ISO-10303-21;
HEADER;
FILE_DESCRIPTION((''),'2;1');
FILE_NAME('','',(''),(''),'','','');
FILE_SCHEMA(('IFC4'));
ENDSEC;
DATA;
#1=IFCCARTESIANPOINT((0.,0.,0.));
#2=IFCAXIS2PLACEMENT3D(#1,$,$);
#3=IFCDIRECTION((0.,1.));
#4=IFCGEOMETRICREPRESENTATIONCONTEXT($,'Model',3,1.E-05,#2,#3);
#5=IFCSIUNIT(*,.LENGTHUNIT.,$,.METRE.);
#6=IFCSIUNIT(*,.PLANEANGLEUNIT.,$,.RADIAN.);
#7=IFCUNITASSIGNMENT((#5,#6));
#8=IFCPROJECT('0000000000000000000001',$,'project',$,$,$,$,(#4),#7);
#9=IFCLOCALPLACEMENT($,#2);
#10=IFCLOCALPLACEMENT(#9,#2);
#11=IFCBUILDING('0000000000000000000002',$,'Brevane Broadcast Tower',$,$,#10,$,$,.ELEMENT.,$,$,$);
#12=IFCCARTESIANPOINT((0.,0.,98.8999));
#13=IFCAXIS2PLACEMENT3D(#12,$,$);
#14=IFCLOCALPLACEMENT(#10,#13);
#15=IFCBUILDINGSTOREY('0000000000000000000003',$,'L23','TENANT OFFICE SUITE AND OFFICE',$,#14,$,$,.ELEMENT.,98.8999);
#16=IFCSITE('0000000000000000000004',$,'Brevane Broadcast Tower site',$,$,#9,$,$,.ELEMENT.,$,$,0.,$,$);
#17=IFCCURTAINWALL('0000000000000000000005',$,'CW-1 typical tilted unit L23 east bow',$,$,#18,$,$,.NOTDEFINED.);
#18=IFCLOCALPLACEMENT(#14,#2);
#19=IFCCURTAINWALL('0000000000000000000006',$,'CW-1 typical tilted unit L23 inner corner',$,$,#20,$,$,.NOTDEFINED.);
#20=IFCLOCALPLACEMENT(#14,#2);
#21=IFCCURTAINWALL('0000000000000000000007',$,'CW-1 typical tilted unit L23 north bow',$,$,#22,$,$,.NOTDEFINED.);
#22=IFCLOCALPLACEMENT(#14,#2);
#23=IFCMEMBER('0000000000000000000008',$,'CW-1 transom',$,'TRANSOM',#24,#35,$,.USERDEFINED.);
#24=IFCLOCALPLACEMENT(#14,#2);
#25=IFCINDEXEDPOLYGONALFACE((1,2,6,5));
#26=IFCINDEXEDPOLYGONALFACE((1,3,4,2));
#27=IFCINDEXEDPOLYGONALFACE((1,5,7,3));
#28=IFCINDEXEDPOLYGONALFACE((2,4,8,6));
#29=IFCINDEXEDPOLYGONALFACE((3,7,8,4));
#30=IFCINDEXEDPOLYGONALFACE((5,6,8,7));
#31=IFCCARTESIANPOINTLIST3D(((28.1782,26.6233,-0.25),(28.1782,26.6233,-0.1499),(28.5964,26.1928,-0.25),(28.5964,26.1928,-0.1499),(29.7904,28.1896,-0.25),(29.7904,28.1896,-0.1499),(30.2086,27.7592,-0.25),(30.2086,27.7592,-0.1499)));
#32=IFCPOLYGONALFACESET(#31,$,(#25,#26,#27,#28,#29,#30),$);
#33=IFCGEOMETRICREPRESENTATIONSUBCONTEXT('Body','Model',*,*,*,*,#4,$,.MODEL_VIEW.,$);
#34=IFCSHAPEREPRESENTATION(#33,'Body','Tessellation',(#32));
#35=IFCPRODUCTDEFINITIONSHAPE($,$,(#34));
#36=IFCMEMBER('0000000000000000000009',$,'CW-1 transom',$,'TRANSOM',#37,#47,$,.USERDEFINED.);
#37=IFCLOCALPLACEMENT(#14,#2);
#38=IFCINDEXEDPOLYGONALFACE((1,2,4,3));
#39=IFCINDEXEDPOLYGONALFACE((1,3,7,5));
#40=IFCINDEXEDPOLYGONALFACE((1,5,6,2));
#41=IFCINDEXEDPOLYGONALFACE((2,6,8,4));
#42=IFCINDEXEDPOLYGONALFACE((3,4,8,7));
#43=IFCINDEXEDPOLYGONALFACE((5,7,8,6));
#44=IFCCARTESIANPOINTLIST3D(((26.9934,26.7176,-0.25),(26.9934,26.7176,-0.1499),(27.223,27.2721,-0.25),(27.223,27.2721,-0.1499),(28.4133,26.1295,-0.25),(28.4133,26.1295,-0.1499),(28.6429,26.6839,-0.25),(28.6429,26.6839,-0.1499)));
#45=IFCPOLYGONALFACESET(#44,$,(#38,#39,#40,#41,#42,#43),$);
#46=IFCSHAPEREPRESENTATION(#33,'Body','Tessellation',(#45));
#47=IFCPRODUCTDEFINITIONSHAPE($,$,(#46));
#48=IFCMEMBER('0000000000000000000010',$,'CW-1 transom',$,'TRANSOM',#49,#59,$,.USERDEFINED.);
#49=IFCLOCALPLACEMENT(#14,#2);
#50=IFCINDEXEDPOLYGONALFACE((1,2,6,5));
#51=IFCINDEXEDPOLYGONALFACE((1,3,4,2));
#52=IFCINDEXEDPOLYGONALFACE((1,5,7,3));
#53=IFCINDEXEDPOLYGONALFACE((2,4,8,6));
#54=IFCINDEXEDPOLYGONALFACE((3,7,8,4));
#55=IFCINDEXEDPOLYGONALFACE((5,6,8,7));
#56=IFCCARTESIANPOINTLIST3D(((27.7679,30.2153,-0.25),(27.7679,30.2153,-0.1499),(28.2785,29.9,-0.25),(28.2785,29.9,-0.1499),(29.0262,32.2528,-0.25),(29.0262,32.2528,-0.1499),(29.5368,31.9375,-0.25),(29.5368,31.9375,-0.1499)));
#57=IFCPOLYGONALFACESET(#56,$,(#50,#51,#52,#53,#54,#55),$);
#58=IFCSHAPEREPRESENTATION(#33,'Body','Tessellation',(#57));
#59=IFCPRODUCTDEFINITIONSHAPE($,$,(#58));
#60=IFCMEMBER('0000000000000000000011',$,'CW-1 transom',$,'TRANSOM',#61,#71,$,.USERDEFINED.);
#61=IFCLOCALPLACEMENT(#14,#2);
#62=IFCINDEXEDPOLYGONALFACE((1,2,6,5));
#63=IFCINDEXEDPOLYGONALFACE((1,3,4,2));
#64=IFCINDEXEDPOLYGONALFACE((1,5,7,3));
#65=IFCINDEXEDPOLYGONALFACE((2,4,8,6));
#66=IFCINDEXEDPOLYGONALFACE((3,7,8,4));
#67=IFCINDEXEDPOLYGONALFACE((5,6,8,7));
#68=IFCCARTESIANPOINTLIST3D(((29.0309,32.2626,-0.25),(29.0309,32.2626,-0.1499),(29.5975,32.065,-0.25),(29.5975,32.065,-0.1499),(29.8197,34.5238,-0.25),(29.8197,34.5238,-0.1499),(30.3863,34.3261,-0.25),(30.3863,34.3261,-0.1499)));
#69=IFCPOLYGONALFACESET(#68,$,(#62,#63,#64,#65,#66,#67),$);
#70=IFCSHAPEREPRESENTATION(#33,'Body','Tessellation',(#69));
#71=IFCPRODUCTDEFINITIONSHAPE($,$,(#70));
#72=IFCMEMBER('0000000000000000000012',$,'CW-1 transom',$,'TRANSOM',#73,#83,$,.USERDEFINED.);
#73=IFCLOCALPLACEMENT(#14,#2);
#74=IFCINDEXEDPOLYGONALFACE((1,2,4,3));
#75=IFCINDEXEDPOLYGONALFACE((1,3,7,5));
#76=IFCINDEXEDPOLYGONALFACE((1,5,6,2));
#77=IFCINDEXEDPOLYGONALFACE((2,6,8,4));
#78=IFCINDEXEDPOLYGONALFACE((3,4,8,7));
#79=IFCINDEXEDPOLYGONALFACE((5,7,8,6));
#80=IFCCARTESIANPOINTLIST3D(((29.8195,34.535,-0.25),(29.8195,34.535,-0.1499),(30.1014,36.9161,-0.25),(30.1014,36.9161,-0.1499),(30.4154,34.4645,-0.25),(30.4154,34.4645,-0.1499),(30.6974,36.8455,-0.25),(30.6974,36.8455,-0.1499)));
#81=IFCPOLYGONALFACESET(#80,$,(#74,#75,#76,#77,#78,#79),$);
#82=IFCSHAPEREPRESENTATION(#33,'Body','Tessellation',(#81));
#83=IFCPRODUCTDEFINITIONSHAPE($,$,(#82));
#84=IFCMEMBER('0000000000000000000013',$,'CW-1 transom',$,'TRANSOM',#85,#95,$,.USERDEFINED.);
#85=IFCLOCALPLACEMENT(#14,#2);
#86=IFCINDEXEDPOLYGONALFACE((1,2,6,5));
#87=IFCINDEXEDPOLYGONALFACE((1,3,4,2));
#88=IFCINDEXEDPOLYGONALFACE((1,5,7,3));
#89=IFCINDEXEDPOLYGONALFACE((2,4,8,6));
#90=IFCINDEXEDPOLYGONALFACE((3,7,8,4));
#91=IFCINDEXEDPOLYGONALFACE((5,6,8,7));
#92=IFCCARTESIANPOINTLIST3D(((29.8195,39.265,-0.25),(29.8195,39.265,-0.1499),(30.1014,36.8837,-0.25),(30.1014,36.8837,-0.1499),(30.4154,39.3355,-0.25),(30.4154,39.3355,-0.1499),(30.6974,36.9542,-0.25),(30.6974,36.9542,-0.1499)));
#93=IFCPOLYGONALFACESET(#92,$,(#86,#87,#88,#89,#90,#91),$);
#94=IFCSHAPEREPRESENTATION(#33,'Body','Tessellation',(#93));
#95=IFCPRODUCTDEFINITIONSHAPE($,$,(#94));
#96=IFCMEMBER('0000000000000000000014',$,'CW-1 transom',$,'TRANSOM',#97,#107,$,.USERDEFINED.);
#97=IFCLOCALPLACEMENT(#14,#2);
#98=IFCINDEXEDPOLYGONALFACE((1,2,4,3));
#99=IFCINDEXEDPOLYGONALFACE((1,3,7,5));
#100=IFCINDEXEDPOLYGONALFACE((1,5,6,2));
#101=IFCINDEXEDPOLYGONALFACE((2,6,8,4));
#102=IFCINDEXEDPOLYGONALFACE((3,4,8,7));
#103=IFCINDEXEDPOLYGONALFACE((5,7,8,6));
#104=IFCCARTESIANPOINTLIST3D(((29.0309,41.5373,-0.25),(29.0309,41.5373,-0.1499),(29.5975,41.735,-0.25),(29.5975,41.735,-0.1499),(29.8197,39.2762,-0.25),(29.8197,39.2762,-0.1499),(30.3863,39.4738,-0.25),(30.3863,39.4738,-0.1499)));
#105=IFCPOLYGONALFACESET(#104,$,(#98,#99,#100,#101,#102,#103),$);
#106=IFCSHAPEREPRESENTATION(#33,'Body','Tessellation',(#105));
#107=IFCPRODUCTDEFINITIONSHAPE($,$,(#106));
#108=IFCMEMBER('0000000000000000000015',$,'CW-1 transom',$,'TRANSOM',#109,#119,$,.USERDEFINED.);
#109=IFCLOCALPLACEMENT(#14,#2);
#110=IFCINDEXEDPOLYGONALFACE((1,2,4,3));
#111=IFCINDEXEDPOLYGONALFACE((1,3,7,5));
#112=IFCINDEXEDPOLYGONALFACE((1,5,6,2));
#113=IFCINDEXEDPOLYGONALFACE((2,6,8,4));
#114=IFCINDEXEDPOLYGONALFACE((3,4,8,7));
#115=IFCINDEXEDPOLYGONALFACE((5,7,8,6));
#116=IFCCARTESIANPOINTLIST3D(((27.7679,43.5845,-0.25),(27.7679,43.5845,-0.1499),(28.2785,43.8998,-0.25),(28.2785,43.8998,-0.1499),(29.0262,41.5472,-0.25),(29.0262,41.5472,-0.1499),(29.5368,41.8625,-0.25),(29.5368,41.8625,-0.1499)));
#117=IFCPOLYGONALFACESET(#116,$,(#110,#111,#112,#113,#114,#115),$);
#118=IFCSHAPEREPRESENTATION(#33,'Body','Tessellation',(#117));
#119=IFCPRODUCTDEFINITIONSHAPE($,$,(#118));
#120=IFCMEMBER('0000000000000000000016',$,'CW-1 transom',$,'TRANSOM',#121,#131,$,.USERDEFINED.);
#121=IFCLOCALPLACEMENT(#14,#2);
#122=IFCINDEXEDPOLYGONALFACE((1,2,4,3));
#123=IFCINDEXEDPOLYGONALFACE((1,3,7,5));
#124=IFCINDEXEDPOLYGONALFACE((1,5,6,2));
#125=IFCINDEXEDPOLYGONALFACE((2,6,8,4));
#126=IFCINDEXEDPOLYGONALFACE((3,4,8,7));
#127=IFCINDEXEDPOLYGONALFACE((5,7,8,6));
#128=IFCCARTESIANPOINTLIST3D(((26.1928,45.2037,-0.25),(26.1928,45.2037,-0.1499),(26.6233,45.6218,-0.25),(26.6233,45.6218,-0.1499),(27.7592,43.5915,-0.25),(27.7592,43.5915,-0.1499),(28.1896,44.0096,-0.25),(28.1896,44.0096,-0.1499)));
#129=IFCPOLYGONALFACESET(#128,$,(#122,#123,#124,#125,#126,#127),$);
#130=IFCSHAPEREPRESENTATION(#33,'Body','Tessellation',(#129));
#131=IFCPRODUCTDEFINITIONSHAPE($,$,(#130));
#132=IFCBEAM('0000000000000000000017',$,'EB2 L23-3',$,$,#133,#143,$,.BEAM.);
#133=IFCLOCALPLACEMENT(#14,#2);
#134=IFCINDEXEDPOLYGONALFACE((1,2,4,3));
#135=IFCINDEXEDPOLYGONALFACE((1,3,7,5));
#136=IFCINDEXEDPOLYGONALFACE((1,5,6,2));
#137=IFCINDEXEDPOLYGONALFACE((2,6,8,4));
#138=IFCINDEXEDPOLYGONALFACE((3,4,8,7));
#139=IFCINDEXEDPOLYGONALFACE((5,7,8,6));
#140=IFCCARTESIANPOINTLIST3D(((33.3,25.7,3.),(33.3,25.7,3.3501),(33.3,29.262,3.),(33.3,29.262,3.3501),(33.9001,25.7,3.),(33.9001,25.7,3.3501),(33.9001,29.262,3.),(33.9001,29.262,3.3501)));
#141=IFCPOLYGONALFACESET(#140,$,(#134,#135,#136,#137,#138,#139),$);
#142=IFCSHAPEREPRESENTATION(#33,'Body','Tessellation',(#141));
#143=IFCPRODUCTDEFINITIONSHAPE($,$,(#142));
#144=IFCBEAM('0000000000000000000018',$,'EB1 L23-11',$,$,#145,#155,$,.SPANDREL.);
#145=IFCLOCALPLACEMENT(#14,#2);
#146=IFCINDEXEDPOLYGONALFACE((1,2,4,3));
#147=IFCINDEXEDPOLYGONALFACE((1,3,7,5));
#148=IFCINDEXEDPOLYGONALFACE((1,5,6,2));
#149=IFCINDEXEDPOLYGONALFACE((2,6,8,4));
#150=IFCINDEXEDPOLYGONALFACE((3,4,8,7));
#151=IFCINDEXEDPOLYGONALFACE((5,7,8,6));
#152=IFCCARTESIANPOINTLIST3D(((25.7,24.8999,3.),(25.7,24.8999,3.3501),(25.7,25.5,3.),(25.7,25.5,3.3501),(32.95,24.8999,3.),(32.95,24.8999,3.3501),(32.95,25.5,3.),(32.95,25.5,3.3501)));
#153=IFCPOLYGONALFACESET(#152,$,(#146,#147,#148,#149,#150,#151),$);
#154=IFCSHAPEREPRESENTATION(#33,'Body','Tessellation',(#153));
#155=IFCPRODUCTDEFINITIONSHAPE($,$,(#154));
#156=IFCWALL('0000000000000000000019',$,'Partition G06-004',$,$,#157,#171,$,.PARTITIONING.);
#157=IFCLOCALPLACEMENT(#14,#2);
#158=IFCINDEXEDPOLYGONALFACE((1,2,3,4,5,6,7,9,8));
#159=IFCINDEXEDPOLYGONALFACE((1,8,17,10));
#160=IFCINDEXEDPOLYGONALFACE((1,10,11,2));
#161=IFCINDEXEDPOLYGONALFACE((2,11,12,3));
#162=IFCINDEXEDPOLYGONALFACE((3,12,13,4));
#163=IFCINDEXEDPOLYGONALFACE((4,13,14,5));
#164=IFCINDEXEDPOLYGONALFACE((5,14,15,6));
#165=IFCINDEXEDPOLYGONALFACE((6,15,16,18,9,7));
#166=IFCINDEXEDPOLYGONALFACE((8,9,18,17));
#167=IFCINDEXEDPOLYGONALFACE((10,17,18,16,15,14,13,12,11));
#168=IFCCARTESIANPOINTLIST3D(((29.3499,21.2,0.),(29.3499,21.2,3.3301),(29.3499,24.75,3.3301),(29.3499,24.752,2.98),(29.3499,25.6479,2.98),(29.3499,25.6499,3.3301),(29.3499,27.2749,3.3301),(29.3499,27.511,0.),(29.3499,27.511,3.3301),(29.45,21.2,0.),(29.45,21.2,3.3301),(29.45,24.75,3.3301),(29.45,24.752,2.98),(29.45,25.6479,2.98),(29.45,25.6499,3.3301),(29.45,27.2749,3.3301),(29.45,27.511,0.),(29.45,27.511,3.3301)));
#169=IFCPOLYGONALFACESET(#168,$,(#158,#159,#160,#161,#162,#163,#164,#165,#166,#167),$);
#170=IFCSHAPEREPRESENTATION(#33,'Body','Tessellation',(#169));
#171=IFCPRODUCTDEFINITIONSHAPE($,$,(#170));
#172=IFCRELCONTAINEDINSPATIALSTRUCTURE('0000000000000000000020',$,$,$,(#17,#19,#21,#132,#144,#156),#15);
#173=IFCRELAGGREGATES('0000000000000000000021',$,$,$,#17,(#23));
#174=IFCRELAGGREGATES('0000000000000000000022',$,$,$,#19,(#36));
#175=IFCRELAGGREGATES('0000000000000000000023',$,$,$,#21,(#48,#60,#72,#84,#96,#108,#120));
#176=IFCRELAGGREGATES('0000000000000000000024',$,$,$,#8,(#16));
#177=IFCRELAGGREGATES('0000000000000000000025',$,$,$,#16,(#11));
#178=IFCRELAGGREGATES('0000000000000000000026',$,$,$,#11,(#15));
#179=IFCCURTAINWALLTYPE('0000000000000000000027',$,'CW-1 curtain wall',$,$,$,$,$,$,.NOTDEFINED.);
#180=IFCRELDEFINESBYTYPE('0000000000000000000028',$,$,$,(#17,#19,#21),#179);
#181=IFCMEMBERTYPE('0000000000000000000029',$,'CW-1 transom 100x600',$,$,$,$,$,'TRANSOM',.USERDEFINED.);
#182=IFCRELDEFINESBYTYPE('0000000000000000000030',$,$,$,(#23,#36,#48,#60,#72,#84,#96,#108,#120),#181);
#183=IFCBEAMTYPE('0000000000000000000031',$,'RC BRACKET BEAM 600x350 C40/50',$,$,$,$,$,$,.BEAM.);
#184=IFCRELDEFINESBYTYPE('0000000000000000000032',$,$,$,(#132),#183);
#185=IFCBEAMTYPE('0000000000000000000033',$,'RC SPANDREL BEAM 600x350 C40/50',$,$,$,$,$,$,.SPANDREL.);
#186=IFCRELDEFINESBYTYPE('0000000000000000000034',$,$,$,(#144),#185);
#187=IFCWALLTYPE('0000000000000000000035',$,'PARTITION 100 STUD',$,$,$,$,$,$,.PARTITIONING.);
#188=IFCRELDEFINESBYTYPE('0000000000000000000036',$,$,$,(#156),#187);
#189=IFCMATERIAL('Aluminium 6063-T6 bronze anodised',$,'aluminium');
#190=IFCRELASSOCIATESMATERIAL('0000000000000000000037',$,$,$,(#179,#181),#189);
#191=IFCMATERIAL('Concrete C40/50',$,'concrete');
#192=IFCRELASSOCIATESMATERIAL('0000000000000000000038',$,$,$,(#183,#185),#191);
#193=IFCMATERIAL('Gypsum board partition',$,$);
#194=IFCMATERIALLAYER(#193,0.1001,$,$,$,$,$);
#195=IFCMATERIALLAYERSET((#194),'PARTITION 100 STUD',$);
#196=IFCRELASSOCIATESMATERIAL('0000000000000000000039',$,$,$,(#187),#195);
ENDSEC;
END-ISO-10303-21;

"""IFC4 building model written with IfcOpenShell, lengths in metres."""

from ifc_helpers import new_model, si_unit, direction, frame, origin, origin_2d, place, context, subcontext, project, spatial, polyline, rectangle, outline, extrude, material, layer, layer_set, material_profile, profile_set, type_object, element, aggregate, save


model = new_model("IFC4")

# Units and contexts
model_context = context("Model", 3, precision=1e-05, world=origin(), true_north=direction((0.0, 1.0)))
body_context = subcontext(model_context, "Body", "Model", "MODEL_VIEW")
ifc_project = project(units=[si_unit("LENGTHUNIT", "METRE"), si_unit("PLANEANGLEUNIT", "RADIAN")], contexts=[model_context])

# Site, building, storey
site_placement = place(None, origin())
site = spatial("IfcSite", under=ifc_project, at=site_placement, Name="Brevane Broadcast Tower site", CompositionType="ELEMENT", RefElevation=0.0)
building_placement = place(site_placement, origin())
building = spatial("IfcBuilding", under=site, at=building_placement, Name="Brevane Broadcast Tower", CompositionType="ELEMENT")
storey_placement = place(building_placement, frame((0.0, 0.0, 98.8999)))
storey = spatial("IfcBuildingStorey", under=building, at=storey_placement, Name="L23", Description="TENANT OFFICE SUITE AND OFFICE", CompositionType="ELEMENT", Elevation=98.8999)

# Curtain walls
ifc_material_1 = material(Name="Aluminium 6063-T6 bronze anodised", Category="aluminium")
curtain_wall_type = type_object("IfcCurtainWallType", Name="CW-1 curtain wall", PredefinedType="NOTDEFINED", material=ifc_material_1)
curtain_wall_1_placement = place(storey_placement, origin())
curtain_wall_1 = element("IfcCurtainWall", 1, at=curtain_wall_1_placement, inside=storey, type_object=curtain_wall_type, Name="CW-1 typical tilted unit L23 east bow", PredefinedType="NOTDEFINED")
curtain_wall_2_placement = place(storey_placement, origin())
curtain_wall_2 = element("IfcCurtainWall", 2, at=curtain_wall_2_placement, inside=storey, type_object=curtain_wall_type, Name="CW-1 typical tilted unit L23 inner corner", PredefinedType="NOTDEFINED")
curtain_wall_3_placement = place(storey_placement, origin())
curtain_wall_3 = element("IfcCurtainWall", 3, at=curtain_wall_3_placement, inside=storey, type_object=curtain_wall_type, Name="CW-1 typical tilted unit L23 north bow", PredefinedType="NOTDEFINED")

# Members
ifc_material_profile_1 = material_profile(ifc_material_1, rectangle(XDim=0.6001, YDim=0.1001, at=origin_2d()), Name="RECT 100x600")
ifc_profile_set_1 = profile_set([ifc_material_profile_1], Name="Aluminium 6063-T6 bronze anodised")
member_type_1 = type_object("IfcMemberType", Name="CW-1 transom 100x600", ElementType="TRANSOM", PredefinedType="USERDEFINED", material=ifc_profile_set_1)
member_1_placement = place(storey_placement, frame((29.9995, 27.9744, -0.2), z_axis=(-0.717242, -0.696824, 0.0), x_axis=(0.696824, -0.717242, 0.0)))
member_1 = element("IfcMember", 4, at=member_1_placement, type_object=member_type_1, Name="CW-1 transom", ObjectType="TRANSOM", PredefinedType="USERDEFINED", context=body_context, shape_type="SweptSolid", body=[
    extrude(rectangle(XDim=0.6001, YDim=0.1001, at=origin_2d()), origin(), (0.0, 0.0, 1.0), 2.2478),
])
aggregate(curtain_wall_1, [member_1])
member_2_placement = place(storey_placement, frame((28.5281, 26.4067, -0.2), z_axis=(-0.923883, 0.382674, 0.0), x_axis=(-0.382674, -0.923883, 0.0)))
member_2 = element("IfcMember", 5, at=member_2_placement, type_object=member_type_1, Name="CW-1 transom", ObjectType="TRANSOM", PredefinedType="USERDEFINED", context=body_context, shape_type="SweptSolid", body=[
    extrude(rectangle(XDim=0.6001, YDim=0.1001, at=origin_2d()), origin(), (0.0, 0.0, 1.0), 1.5369),
])
aggregate(curtain_wall_2, [member_2])
member_3_placement = place(storey_placement, frame((28.0232, 30.0576, -0.2), z_axis=(0.525428, 0.850838, 0.0), x_axis=(-0.850838, 0.525428, 0.0)))
member_3 = element("IfcMember", 6, at=member_3_placement, type_object=member_type_1, Name="CW-1 transom", ObjectType="TRANSOM", PredefinedType="USERDEFINED", context=body_context, shape_type="SweptSolid", body=[
    extrude(rectangle(XDim=0.6001, YDim=0.1001, at=origin_2d()), origin(), (0.0, 0.0, 1.0), 2.3948),
])
member_4_placement = place(storey_placement, frame((29.3142, 32.1638, -0.2), z_axis=(0.329378, 0.944198, 0.0), x_axis=(-0.944198, 0.329378, 0.0)))
member_4 = element("IfcMember", 7, at=member_4_placement, type_object=member_type_1, Name="CW-1 transom", ObjectType="TRANSOM", PredefinedType="USERDEFINED", context=body_context, shape_type="SweptSolid", body=[
    extrude(rectangle(XDim=0.6001, YDim=0.1001, at=origin_2d()), origin(), (0.0, 0.0, 1.0), 2.3948),
])
member_5_placement = place(storey_placement, frame((30.1174, 34.4998, -0.2), z_axis=(0.117603, 0.993061, 0.0), x_axis=(-0.993061, 0.117603, 0.0)))
member_5 = element("IfcMember", 8, at=member_5_placement, type_object=member_type_1, Name="CW-1 transom", ObjectType="TRANSOM", PredefinedType="USERDEFINED", context=body_context, shape_type="SweptSolid", body=[
    extrude(rectangle(XDim=0.6001, YDim=0.1001, at=origin_2d()), origin(), (0.0, 0.0, 1.0), 2.3977),
])
member_6_placement = place(storey_placement, frame((30.3994, 36.9189, -0.2), z_axis=(-0.117591, 0.993062, 0.0), x_axis=(-0.993062, -0.117591, 0.0)))
member_6 = element("IfcMember", 9, at=member_6_placement, type_object=member_type_1, Name="CW-1 transom", ObjectType="TRANSOM", PredefinedType="USERDEFINED", context=body_context, shape_type="SweptSolid", body=[
    extrude(rectangle(XDim=0.6001, YDim=0.1001, at=origin_2d()), origin(), (0.0, 0.0, 1.0), 2.3979),
])
member_7_placement = place(storey_placement, frame((30.103, 39.375, -0.2), z_axis=(-0.329378, 0.944198, 0.0), x_axis=(-0.944198, -0.329378, 0.0)))
member_7 = element("IfcMember", 10, at=member_7_placement, type_object=member_type_1, Name="CW-1 transom", ObjectType="TRANSOM", PredefinedType="USERDEFINED", context=body_context, shape_type="SweptSolid", body=[
    extrude(rectangle(XDim=0.6001, YDim=0.1001, at=origin_2d()), origin(), (0.0, 0.0, 1.0), 2.3948),
])
member_8_placement = place(storey_placement, frame((29.2815, 41.7048, -0.2), z_axis=(-0.525473, 0.85081, 0.0), x_axis=(-0.85081, -0.525473, 0.0)))
member_8 = element("IfcMember", 11, at=member_8_placement, type_object=member_type_1, Name="CW-1 transom", ObjectType="TRANSOM", PredefinedType="USERDEFINED", context=body_context, shape_type="SweptSolid", body=[
    extrude(rectangle(XDim=0.6001, YDim=0.1001, at=origin_2d()), origin(), (0.0, 0.0, 1.0), 2.3945),
])
member_9_placement = place(storey_placement, frame((27.9744, 43.8005, -0.2), z_axis=(-0.696824, 0.717242, 0.0), x_axis=(-0.717242, -0.696824, 0.0)))
member_9 = element("IfcMember", 12, at=member_9_placement, type_object=member_type_1, Name="CW-1 transom", ObjectType="TRANSOM", PredefinedType="USERDEFINED", context=body_context, shape_type="SweptSolid", body=[
    extrude(rectangle(XDim=0.6001, YDim=0.1001, at=origin_2d()), origin(), (0.0, 0.0, 1.0), 2.2478),
])
aggregate(curtain_wall_3, [member_3, member_4, member_5, member_6, member_7, member_8, member_9])

# Beams
ifc_material_2 = material(Name="Concrete C40/50", Category="concrete")
ifc_material_profile_2 = material_profile(ifc_material_2, rectangle(XDim=0.6001, YDim=0.3501, at=origin_2d()), Name="RC 600x350")
ifc_profile_set_2 = profile_set([ifc_material_profile_2], Name="Concrete C40/50")
beam_type_1 = type_object("IfcBeamType", Name="RC BRACKET BEAM 600x350 C40/50", PredefinedType="BEAM", material=ifc_profile_set_2)
beam_1_placement = place(storey_placement, frame((33.6001, 25.7, 3.175), z_axis=(0.0, 1.0, 0.0), x_axis=(-1.0, 0.0, 0.0)))
element("IfcBeam", 13, at=beam_1_placement, inside=storey, type_object=beam_type_1, Name="EB2 L23-3", PredefinedType="BEAM", context=body_context, shape_type="SweptSolid", body=[
    extrude(rectangle(XDim=0.6001, YDim=0.3501, at=origin_2d()), origin(), (0.0, 0.0, 1.0), 3.562),
])
ifc_material_profile_3 = material_profile(ifc_material_2, rectangle(XDim=0.6001, YDim=0.3501, at=origin_2d()), Name="RC 600x350")
ifc_profile_set_3 = profile_set([ifc_material_profile_3], Name="Concrete C40/50")
beam_type_2 = type_object("IfcBeamType", Name="RC SPANDREL BEAM 600x350 C40/50", PredefinedType="SPANDREL", material=ifc_profile_set_3)
beam_2_placement = place(storey_placement, frame((32.95, 25.2, 3.175), z_axis=(-1.0, 0.0, 0.0), x_axis=(0.0, -1.0, 0.0)))
element("IfcBeam", 14, at=beam_2_placement, inside=storey, type_object=beam_type_2, Name="EB1 L23-11", PredefinedType="SPANDREL", context=body_context, shape_type="SweptSolid", body=[
    extrude(rectangle(XDim=0.6001, YDim=0.3501, at=origin_2d()), origin(), (0.0, 0.0, 1.0), 7.25),
])

# Wall
ifc_material_3 = material(Name="Gypsum board partition")
ifc_layer_1 = layer(ifc_material_3, 0.1001)
ifc_layer_set_1 = layer_set([ifc_layer_1], Name="PARTITION 100 STUD")
wall_type_1 = type_object("IfcWallType", Name="PARTITION 100 STUD", PredefinedType="PARTITIONING", material=ifc_layer_set_1)
wall_1_placement = place(storey_placement, frame((29.3999, 27.511, 0.0), z_axis=(0.0, 0.0, 1.0), x_axis=(0.0, -1.0, 0.0)))
element("IfcWall", 15, at=wall_1_placement, inside=storey, type_object=wall_type_1, Name="Partition G06-004", PredefinedType="PARTITIONING", context=body_context, shape_type="SweptSolid", body=[
    extrude(outline(polyline([(0.0, 0.0), (6.311, 0.0), (6.311, 3.3301), (2.761, 3.3301), (2.759, 2.98), (1.863, 2.98), (1.8611, 3.3301), (0.2361, 3.3301), (0.0, 3.3301), (0.0, 0.0)])), frame((0.0, 0.05, 0.0), z_axis=(0.0, -1.0, 0.0), x_axis=(1.0, 0.0, 0.0)), (0.0, 0.0, 1.0), 0.1001),
])

save(model, "model.ifc")
